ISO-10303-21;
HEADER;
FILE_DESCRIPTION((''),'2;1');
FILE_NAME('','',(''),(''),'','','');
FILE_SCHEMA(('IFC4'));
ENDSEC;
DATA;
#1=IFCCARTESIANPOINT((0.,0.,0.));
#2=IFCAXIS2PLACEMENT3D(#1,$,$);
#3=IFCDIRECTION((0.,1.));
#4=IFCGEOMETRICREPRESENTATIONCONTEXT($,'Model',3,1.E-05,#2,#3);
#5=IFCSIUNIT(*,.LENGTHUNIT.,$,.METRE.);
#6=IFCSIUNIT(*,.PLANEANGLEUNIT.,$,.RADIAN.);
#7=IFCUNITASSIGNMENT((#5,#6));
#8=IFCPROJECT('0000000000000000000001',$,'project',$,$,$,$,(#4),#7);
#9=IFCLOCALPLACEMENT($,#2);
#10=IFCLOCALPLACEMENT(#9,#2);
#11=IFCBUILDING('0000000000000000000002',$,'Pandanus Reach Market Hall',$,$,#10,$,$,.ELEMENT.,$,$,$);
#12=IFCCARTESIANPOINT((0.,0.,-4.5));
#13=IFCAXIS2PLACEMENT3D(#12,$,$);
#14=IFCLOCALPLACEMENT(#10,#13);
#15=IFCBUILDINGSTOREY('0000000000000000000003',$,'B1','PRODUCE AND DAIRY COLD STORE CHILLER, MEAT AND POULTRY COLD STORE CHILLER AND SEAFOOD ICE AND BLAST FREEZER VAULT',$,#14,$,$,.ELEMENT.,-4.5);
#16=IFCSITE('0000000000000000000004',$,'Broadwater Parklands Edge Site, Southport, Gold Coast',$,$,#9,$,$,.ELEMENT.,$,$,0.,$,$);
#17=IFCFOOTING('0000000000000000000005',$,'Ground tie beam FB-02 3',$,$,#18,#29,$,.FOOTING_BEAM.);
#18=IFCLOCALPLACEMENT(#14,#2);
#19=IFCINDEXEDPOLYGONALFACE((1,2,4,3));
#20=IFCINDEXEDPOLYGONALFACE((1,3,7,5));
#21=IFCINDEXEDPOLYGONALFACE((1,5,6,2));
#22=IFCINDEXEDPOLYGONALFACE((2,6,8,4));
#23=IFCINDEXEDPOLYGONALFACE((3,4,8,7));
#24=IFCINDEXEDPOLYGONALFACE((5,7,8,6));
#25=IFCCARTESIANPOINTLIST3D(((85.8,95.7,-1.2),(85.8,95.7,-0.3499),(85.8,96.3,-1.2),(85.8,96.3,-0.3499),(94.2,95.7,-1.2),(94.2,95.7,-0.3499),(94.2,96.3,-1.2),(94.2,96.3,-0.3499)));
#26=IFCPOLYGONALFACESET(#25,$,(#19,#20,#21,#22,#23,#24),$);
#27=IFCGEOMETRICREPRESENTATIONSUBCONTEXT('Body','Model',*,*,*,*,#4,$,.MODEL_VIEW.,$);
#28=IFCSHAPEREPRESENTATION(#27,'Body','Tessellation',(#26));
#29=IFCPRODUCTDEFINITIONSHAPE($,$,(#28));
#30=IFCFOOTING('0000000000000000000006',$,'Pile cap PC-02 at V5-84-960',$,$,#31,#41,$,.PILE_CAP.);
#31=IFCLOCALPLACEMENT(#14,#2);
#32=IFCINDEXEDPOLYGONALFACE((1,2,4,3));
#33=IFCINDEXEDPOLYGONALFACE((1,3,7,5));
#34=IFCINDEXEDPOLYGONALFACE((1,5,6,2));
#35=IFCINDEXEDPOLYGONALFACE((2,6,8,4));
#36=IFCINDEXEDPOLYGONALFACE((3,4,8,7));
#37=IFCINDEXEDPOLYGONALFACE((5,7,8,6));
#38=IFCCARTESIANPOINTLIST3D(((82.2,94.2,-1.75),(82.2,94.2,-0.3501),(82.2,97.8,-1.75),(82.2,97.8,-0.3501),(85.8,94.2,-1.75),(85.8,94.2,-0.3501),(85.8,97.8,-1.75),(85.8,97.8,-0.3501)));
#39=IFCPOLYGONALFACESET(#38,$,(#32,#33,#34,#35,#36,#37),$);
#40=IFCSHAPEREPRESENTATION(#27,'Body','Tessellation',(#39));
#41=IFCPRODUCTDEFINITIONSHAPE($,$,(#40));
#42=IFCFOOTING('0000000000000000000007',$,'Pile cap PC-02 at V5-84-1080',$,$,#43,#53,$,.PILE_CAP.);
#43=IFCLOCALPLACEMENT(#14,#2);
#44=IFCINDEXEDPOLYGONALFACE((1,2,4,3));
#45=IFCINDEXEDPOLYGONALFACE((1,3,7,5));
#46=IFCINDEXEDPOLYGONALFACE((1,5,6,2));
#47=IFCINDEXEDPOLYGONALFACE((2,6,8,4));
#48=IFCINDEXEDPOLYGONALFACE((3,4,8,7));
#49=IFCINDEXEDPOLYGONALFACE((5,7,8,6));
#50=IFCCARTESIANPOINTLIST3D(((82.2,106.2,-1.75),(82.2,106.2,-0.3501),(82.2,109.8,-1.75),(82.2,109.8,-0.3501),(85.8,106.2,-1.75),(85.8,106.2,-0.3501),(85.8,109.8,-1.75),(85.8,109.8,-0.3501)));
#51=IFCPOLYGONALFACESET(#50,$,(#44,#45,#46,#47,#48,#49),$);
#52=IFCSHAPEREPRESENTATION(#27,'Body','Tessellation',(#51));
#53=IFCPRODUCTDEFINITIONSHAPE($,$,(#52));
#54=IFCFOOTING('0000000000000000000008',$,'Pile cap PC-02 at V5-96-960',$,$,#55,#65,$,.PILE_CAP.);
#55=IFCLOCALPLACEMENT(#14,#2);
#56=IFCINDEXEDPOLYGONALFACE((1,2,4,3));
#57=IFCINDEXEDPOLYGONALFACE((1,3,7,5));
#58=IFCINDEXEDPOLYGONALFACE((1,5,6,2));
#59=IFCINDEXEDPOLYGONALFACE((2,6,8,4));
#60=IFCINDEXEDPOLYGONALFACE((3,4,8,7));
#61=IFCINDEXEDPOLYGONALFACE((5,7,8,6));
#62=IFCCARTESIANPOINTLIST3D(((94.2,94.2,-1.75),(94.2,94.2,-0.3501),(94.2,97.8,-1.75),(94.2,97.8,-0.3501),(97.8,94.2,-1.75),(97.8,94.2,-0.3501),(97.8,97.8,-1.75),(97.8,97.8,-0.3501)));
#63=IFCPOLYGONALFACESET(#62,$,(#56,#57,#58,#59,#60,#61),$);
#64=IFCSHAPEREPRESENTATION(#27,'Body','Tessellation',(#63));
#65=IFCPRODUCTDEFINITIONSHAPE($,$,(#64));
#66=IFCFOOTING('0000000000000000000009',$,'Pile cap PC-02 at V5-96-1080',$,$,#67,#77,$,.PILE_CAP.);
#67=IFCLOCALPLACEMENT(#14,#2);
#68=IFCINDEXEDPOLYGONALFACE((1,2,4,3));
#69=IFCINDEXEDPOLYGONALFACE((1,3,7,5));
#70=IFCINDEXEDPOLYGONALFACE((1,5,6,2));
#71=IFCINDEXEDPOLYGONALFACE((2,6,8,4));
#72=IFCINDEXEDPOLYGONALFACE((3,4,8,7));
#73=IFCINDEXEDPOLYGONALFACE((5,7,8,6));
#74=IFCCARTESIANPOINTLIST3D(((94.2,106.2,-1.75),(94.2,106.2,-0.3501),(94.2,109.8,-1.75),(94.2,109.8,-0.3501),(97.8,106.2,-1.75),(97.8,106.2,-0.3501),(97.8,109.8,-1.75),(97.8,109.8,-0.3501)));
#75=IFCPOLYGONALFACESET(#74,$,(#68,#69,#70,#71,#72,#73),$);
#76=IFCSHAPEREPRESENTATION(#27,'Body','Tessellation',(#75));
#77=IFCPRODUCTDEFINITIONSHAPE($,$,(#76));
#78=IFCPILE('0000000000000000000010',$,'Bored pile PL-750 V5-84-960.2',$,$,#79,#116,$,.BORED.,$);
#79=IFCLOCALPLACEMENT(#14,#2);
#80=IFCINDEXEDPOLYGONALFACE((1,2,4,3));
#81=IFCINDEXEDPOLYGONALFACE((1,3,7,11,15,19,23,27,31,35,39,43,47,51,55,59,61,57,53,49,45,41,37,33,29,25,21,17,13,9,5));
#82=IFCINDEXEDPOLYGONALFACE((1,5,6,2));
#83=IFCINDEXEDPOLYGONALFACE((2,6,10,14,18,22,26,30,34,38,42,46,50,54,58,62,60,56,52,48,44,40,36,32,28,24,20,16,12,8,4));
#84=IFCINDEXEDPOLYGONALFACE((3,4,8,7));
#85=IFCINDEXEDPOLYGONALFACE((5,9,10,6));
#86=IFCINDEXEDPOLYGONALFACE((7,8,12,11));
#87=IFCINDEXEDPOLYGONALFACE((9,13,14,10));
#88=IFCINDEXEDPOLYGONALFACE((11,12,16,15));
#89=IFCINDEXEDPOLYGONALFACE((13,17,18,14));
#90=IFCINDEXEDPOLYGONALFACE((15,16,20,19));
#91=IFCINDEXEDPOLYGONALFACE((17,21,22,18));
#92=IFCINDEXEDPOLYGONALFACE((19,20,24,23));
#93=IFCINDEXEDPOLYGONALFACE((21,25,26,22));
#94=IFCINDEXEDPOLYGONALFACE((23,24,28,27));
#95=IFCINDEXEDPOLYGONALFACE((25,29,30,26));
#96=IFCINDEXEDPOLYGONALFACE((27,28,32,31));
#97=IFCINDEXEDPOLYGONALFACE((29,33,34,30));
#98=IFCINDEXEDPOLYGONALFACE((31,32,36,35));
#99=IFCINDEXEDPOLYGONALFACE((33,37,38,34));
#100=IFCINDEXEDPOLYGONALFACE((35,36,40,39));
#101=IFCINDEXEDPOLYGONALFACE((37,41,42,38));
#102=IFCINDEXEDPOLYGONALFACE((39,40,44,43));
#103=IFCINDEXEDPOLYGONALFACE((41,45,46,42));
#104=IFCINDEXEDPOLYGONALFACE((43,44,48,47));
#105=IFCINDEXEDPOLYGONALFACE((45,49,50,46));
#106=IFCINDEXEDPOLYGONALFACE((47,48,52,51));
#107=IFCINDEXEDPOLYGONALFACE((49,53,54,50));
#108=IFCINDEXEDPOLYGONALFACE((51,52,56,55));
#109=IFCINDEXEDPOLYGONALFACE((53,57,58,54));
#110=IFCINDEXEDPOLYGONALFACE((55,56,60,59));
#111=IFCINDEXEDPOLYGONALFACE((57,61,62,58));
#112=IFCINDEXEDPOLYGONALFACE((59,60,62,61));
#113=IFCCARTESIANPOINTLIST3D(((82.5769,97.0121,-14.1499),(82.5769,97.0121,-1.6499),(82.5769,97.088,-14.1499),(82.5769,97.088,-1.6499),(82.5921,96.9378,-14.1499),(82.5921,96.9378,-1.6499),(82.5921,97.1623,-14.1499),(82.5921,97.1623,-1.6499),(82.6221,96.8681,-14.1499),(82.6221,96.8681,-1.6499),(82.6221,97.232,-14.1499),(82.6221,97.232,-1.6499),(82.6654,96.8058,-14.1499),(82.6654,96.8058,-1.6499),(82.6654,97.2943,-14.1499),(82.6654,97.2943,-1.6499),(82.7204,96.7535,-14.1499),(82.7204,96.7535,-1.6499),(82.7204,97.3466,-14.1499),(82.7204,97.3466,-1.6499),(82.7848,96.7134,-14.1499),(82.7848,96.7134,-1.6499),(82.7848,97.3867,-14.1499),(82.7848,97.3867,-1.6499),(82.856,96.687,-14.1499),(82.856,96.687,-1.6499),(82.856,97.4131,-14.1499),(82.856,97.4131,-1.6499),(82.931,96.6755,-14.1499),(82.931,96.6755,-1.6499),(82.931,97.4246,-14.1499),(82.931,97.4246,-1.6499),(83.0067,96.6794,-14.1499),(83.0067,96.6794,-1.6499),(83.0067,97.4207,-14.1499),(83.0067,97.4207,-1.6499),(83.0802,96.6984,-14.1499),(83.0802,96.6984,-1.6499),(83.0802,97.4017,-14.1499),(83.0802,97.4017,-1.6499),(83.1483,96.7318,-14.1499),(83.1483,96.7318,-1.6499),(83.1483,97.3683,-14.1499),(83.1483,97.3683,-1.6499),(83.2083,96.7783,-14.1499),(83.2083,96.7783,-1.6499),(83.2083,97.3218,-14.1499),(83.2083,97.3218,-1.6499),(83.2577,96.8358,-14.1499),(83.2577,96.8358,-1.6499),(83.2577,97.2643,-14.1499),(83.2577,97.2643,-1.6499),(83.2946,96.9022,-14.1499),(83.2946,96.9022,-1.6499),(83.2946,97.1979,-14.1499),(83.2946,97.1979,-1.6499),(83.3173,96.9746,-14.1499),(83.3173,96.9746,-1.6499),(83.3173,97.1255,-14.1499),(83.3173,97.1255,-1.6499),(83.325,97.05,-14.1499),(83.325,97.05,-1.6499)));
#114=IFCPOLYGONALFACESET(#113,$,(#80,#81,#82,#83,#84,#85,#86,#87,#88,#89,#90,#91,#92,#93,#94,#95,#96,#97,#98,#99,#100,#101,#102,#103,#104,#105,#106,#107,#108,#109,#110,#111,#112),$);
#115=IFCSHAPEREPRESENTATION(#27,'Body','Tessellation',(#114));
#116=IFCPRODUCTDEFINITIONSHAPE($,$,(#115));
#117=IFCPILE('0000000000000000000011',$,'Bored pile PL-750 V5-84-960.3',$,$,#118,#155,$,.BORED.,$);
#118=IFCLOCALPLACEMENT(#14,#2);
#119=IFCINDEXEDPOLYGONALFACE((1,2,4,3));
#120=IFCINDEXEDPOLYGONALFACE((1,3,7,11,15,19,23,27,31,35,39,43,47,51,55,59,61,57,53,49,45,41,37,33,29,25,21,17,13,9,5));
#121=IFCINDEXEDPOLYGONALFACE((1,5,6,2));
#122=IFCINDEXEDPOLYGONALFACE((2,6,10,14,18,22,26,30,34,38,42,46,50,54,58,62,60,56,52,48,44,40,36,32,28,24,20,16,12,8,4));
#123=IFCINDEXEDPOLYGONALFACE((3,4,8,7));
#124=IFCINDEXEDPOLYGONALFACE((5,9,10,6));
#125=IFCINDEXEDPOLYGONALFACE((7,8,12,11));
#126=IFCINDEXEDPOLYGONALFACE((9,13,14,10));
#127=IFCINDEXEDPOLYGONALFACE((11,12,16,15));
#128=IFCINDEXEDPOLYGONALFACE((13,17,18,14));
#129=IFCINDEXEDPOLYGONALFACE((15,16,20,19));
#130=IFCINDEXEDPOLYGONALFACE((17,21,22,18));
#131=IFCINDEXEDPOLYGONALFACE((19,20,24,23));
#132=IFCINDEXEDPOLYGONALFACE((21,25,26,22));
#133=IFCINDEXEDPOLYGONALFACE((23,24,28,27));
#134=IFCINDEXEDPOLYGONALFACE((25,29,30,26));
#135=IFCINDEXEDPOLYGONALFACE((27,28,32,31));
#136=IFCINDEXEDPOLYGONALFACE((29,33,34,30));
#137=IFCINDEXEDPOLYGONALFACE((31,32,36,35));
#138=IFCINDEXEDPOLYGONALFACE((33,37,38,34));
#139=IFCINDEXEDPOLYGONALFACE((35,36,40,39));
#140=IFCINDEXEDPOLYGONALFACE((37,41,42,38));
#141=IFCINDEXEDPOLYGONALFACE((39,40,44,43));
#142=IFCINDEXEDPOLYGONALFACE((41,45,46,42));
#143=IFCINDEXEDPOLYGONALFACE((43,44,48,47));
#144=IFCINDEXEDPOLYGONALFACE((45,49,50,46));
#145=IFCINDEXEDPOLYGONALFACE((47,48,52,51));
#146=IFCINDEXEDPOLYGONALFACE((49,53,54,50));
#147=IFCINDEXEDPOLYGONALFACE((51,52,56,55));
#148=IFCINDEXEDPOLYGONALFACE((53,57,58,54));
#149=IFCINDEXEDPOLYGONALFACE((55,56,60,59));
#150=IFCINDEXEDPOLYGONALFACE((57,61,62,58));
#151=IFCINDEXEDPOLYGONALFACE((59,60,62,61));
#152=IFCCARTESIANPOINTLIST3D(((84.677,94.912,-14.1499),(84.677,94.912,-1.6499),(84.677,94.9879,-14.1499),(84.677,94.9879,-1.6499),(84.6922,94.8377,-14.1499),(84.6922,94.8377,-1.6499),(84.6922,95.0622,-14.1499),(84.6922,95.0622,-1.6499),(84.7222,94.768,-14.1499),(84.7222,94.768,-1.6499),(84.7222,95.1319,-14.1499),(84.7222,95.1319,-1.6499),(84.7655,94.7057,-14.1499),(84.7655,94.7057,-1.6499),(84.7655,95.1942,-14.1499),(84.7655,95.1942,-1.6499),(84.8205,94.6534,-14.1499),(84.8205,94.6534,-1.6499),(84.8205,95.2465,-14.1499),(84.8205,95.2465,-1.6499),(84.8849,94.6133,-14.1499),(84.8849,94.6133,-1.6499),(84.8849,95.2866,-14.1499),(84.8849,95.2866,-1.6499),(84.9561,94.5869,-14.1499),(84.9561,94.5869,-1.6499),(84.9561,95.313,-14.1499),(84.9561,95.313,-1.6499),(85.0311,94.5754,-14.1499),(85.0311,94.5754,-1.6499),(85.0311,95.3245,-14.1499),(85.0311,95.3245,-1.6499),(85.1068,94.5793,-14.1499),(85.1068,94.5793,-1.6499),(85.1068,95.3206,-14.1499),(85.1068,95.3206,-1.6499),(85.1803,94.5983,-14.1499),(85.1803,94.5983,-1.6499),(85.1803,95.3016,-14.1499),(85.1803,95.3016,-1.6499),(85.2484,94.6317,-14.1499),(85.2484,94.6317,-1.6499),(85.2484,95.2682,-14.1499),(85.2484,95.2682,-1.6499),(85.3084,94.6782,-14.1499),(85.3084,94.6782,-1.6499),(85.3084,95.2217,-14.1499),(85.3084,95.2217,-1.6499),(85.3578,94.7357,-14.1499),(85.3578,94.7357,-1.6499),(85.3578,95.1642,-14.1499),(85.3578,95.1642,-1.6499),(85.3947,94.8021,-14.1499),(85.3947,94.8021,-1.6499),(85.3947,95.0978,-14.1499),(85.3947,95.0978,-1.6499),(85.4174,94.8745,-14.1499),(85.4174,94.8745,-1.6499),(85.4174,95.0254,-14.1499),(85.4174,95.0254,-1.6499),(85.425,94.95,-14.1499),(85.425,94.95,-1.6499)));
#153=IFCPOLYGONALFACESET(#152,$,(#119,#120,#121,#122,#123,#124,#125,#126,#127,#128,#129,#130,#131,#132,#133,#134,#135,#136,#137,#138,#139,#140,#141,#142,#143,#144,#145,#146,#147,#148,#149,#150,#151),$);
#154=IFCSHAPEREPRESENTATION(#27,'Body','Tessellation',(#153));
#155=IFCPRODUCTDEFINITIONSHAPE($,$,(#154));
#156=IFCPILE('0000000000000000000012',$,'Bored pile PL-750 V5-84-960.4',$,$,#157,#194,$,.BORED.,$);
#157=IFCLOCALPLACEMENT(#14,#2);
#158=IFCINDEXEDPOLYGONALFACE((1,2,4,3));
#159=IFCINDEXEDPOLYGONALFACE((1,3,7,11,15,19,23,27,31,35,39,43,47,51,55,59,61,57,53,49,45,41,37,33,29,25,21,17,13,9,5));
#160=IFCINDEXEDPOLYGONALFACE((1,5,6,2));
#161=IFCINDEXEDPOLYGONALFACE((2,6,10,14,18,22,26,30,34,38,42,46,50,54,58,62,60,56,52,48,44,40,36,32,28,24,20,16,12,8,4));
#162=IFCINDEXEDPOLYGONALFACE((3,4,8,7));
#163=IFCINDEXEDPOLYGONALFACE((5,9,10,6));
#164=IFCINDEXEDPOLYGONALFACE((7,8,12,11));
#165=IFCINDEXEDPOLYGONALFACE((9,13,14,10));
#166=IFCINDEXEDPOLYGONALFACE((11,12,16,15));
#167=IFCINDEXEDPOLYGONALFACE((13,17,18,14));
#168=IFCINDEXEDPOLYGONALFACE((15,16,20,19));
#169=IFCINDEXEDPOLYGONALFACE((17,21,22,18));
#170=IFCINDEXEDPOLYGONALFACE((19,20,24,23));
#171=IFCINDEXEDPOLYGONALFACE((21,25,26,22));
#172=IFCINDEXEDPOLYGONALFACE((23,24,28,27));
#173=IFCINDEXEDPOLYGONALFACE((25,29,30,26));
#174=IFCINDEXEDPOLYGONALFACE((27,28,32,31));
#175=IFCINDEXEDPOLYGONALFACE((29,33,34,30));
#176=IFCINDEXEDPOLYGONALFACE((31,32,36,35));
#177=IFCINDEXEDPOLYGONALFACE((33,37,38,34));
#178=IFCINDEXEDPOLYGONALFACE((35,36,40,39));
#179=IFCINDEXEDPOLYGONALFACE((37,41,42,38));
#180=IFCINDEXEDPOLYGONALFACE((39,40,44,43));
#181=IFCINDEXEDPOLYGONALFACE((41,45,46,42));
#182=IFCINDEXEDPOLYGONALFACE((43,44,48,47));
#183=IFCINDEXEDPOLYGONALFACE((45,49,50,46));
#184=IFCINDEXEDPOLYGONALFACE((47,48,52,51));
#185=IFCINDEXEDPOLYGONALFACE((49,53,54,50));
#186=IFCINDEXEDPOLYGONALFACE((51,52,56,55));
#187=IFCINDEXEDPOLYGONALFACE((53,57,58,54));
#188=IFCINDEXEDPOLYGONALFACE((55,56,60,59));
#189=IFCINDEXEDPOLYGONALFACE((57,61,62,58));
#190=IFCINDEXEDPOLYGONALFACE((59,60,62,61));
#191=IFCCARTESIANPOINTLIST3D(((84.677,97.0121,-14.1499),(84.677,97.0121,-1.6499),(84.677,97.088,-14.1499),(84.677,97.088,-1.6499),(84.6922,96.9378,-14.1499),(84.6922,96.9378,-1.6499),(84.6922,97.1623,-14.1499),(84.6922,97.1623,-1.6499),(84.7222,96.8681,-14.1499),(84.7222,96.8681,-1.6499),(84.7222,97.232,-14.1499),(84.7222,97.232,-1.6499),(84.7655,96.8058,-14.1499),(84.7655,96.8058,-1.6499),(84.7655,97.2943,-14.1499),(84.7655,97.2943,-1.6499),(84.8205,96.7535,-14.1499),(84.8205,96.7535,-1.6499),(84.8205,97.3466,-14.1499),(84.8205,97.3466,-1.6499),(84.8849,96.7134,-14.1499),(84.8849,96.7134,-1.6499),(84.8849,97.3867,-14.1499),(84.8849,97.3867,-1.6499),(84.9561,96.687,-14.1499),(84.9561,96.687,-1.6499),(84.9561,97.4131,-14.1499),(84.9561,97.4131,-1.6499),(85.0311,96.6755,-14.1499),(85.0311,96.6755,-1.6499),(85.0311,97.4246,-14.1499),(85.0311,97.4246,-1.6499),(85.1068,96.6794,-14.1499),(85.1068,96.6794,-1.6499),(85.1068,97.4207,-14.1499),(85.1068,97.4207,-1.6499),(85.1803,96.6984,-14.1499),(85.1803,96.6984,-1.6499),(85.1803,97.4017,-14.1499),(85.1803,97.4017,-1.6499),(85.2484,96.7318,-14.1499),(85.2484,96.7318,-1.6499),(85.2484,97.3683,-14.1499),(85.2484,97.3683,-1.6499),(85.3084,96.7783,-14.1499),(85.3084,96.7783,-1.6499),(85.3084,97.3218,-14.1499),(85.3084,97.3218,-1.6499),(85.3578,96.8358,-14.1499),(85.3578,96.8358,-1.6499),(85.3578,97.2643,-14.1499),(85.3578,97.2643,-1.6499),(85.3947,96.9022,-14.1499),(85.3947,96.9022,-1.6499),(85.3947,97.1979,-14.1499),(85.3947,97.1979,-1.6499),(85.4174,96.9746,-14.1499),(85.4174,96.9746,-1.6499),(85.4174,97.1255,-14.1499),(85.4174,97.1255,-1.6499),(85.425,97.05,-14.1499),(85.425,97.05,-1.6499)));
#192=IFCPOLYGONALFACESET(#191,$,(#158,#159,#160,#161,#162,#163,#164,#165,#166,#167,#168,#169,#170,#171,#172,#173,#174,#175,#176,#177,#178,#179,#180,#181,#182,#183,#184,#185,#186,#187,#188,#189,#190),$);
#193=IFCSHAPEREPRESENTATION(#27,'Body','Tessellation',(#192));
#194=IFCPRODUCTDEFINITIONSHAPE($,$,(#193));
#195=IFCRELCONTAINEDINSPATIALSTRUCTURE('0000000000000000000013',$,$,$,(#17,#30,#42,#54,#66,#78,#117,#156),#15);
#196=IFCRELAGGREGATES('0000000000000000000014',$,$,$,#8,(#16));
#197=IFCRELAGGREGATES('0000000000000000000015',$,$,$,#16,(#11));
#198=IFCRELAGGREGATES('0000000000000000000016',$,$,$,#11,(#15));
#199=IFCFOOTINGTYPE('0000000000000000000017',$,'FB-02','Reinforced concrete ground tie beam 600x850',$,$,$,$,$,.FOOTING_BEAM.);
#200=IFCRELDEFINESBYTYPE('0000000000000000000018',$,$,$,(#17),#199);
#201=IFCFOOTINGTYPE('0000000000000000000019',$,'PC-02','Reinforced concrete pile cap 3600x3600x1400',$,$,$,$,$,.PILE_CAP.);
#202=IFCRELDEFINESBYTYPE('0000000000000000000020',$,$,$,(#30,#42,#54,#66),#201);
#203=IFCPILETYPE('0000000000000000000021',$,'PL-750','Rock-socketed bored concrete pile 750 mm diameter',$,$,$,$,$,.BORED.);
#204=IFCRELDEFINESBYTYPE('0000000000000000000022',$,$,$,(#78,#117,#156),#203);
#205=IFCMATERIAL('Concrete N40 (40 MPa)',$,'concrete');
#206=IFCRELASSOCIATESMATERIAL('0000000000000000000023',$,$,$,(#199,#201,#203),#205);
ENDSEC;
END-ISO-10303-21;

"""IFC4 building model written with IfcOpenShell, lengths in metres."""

from ifc_helpers import new_model, si_unit, direction, frame, origin, origin_2d, place, context, subcontext, project, spatial, rectangle, circle, extrude, material, material_profile, profile_set, type_object, element, save


model = new_model("IFC4")

# Units and contexts
model_context = context("Model", 3, precision=1e-05, world=origin(), true_north=direction((0.0, 1.0)))
body_context = subcontext(model_context, "Body", "Model", "MODEL_VIEW")
ifc_project = project(units=[si_unit("LENGTHUNIT", "METRE"), si_unit("PLANEANGLEUNIT", "RADIAN")], contexts=[model_context])

# Site, building, storey
site_placement = place(None, origin())
site = spatial("IfcSite", under=ifc_project, at=site_placement, Name="Broadwater Parklands Edge Site, Southport, Gold Coast", CompositionType="ELEMENT", RefElevation=0.0)
building_placement = place(site_placement, origin())
building = spatial("IfcBuilding", under=site, at=building_placement, Name="Pandanus Reach Market Hall", CompositionType="ELEMENT")
storey_placement = place(building_placement, frame((0.0, 0.0, -4.5)))
storey = spatial("IfcBuildingStorey", under=building, at=storey_placement, Name="B1", Description="PRODUCE AND DAIRY COLD STORE CHILLER, MEAT AND POULTRY COLD STORE CHILLER AND SEAFOOD ICE AND BLAST FREEZER VAULT", CompositionType="ELEMENT", Elevation=-4.5)

# Footings
ifc_material_1 = material(Name="Concrete N40 (40 MPa)", Category="concrete")
footing_type_1 = type_object("IfcFootingType", Name="FB-02", Description="Reinforced concrete ground tie beam 600x850", PredefinedType="FOOTING_BEAM", material=ifc_material_1)
footing_placement = place(storey_placement, frame((90.0, 96.0, -1.2), z_axis=(0.0, 0.0, 1.0), x_axis=(1.0, 0.0, 0.0)))
element("IfcFooting", 1, at=footing_placement, inside=storey, type_object=footing_type_1, Name="Ground tie beam FB-02 3", PredefinedType="FOOTING_BEAM", context=body_context, shape_type="SweptSolid", body=[
    extrude(rectangle(XDim=8.3999, YDim=0.6001, at=origin_2d()), origin(), (0.0, 0.0, 1.0), 0.8501),
])
footing_type_2 = type_object("IfcFootingType", Name="PC-02", Description="Reinforced concrete pile cap 3600x3600x1400", PredefinedType="PILE_CAP", material=ifc_material_1)
for number, where, z_axis, x_axis, name in (
    (2, (84.0, 96.0, -1.75), (0.0, 0.0, 1.0), (1.0, 0.0, 0.0), "Pile cap PC-02 at V5-84-960"),
    (3, (84.0, 108.0, -1.75), (0.0, 0.0, 1.0), (1.0, 0.0, 0.0), "Pile cap PC-02 at V5-84-1080"),
    (4, (96.0, 96.0, -1.75), (0.0, 0.0, 1.0), (1.0, 0.0, 0.0), "Pile cap PC-02 at V5-96-960"),
    (5, (96.0, 108.0, -1.75), (0.0, 0.0, 1.0), (1.0, 0.0, 0.0), "Pile cap PC-02 at V5-96-1080"),
):
    element("IfcFooting", number, at=place(storey_placement, frame(where, z_axis=z_axis, x_axis=x_axis)), inside=storey, type_object=footing_type_2, Name=name, PredefinedType="PILE_CAP", context=body_context, shape_type="SweptSolid", body=[
        extrude(rectangle(XDim=3.6001, YDim=3.6001, at=origin_2d()), origin(), (0.0, 0.0, 1.0), 1.3999),
    ])

# Piles
ifc_material_profile_1 = material_profile(ifc_material_1, circle(Radius=0.375, at=origin_2d()), Name="PILE-750D", Category="LoadBearing")
ifc_profile_set_1 = profile_set([ifc_material_profile_1], Name="Concrete N40 (40 MPa)")
pile_type = type_object("IfcPileType", Name="PL-750", Description="Rock-socketed bored concrete pile 750 mm diameter", PredefinedType="BORED", material=ifc_profile_set_1)
for number, where, z_axis, x_axis, name in (
    (6, (82.95, 97.05, -1.6499), (0.0, 0.0, -1.0), (1.0, 0.0, 0.0), "Bored pile PL-750 V5-84-960.2"),
    (7, (85.05, 94.95, -1.6499), (0.0, 0.0, -1.0), (1.0, 0.0, 0.0), "Bored pile PL-750 V5-84-960.3"),
    (8, (85.05, 97.05, -1.6499), (0.0, 0.0, -1.0), (1.0, 0.0, 0.0), "Bored pile PL-750 V5-84-960.4"),
):
    element("IfcPile", number, at=place(storey_placement, frame(where, z_axis=z_axis, x_axis=x_axis)), inside=storey, type_object=pile_type, Name=name, PredefinedType="BORED", context=body_context, shape_type="SweptSolid", body=[
        extrude(circle(Radius=0.375, at=origin_2d()), origin(), (0.0, 0.0, 1.0), 12.5),
    ])

save(model, "model.ifc")
